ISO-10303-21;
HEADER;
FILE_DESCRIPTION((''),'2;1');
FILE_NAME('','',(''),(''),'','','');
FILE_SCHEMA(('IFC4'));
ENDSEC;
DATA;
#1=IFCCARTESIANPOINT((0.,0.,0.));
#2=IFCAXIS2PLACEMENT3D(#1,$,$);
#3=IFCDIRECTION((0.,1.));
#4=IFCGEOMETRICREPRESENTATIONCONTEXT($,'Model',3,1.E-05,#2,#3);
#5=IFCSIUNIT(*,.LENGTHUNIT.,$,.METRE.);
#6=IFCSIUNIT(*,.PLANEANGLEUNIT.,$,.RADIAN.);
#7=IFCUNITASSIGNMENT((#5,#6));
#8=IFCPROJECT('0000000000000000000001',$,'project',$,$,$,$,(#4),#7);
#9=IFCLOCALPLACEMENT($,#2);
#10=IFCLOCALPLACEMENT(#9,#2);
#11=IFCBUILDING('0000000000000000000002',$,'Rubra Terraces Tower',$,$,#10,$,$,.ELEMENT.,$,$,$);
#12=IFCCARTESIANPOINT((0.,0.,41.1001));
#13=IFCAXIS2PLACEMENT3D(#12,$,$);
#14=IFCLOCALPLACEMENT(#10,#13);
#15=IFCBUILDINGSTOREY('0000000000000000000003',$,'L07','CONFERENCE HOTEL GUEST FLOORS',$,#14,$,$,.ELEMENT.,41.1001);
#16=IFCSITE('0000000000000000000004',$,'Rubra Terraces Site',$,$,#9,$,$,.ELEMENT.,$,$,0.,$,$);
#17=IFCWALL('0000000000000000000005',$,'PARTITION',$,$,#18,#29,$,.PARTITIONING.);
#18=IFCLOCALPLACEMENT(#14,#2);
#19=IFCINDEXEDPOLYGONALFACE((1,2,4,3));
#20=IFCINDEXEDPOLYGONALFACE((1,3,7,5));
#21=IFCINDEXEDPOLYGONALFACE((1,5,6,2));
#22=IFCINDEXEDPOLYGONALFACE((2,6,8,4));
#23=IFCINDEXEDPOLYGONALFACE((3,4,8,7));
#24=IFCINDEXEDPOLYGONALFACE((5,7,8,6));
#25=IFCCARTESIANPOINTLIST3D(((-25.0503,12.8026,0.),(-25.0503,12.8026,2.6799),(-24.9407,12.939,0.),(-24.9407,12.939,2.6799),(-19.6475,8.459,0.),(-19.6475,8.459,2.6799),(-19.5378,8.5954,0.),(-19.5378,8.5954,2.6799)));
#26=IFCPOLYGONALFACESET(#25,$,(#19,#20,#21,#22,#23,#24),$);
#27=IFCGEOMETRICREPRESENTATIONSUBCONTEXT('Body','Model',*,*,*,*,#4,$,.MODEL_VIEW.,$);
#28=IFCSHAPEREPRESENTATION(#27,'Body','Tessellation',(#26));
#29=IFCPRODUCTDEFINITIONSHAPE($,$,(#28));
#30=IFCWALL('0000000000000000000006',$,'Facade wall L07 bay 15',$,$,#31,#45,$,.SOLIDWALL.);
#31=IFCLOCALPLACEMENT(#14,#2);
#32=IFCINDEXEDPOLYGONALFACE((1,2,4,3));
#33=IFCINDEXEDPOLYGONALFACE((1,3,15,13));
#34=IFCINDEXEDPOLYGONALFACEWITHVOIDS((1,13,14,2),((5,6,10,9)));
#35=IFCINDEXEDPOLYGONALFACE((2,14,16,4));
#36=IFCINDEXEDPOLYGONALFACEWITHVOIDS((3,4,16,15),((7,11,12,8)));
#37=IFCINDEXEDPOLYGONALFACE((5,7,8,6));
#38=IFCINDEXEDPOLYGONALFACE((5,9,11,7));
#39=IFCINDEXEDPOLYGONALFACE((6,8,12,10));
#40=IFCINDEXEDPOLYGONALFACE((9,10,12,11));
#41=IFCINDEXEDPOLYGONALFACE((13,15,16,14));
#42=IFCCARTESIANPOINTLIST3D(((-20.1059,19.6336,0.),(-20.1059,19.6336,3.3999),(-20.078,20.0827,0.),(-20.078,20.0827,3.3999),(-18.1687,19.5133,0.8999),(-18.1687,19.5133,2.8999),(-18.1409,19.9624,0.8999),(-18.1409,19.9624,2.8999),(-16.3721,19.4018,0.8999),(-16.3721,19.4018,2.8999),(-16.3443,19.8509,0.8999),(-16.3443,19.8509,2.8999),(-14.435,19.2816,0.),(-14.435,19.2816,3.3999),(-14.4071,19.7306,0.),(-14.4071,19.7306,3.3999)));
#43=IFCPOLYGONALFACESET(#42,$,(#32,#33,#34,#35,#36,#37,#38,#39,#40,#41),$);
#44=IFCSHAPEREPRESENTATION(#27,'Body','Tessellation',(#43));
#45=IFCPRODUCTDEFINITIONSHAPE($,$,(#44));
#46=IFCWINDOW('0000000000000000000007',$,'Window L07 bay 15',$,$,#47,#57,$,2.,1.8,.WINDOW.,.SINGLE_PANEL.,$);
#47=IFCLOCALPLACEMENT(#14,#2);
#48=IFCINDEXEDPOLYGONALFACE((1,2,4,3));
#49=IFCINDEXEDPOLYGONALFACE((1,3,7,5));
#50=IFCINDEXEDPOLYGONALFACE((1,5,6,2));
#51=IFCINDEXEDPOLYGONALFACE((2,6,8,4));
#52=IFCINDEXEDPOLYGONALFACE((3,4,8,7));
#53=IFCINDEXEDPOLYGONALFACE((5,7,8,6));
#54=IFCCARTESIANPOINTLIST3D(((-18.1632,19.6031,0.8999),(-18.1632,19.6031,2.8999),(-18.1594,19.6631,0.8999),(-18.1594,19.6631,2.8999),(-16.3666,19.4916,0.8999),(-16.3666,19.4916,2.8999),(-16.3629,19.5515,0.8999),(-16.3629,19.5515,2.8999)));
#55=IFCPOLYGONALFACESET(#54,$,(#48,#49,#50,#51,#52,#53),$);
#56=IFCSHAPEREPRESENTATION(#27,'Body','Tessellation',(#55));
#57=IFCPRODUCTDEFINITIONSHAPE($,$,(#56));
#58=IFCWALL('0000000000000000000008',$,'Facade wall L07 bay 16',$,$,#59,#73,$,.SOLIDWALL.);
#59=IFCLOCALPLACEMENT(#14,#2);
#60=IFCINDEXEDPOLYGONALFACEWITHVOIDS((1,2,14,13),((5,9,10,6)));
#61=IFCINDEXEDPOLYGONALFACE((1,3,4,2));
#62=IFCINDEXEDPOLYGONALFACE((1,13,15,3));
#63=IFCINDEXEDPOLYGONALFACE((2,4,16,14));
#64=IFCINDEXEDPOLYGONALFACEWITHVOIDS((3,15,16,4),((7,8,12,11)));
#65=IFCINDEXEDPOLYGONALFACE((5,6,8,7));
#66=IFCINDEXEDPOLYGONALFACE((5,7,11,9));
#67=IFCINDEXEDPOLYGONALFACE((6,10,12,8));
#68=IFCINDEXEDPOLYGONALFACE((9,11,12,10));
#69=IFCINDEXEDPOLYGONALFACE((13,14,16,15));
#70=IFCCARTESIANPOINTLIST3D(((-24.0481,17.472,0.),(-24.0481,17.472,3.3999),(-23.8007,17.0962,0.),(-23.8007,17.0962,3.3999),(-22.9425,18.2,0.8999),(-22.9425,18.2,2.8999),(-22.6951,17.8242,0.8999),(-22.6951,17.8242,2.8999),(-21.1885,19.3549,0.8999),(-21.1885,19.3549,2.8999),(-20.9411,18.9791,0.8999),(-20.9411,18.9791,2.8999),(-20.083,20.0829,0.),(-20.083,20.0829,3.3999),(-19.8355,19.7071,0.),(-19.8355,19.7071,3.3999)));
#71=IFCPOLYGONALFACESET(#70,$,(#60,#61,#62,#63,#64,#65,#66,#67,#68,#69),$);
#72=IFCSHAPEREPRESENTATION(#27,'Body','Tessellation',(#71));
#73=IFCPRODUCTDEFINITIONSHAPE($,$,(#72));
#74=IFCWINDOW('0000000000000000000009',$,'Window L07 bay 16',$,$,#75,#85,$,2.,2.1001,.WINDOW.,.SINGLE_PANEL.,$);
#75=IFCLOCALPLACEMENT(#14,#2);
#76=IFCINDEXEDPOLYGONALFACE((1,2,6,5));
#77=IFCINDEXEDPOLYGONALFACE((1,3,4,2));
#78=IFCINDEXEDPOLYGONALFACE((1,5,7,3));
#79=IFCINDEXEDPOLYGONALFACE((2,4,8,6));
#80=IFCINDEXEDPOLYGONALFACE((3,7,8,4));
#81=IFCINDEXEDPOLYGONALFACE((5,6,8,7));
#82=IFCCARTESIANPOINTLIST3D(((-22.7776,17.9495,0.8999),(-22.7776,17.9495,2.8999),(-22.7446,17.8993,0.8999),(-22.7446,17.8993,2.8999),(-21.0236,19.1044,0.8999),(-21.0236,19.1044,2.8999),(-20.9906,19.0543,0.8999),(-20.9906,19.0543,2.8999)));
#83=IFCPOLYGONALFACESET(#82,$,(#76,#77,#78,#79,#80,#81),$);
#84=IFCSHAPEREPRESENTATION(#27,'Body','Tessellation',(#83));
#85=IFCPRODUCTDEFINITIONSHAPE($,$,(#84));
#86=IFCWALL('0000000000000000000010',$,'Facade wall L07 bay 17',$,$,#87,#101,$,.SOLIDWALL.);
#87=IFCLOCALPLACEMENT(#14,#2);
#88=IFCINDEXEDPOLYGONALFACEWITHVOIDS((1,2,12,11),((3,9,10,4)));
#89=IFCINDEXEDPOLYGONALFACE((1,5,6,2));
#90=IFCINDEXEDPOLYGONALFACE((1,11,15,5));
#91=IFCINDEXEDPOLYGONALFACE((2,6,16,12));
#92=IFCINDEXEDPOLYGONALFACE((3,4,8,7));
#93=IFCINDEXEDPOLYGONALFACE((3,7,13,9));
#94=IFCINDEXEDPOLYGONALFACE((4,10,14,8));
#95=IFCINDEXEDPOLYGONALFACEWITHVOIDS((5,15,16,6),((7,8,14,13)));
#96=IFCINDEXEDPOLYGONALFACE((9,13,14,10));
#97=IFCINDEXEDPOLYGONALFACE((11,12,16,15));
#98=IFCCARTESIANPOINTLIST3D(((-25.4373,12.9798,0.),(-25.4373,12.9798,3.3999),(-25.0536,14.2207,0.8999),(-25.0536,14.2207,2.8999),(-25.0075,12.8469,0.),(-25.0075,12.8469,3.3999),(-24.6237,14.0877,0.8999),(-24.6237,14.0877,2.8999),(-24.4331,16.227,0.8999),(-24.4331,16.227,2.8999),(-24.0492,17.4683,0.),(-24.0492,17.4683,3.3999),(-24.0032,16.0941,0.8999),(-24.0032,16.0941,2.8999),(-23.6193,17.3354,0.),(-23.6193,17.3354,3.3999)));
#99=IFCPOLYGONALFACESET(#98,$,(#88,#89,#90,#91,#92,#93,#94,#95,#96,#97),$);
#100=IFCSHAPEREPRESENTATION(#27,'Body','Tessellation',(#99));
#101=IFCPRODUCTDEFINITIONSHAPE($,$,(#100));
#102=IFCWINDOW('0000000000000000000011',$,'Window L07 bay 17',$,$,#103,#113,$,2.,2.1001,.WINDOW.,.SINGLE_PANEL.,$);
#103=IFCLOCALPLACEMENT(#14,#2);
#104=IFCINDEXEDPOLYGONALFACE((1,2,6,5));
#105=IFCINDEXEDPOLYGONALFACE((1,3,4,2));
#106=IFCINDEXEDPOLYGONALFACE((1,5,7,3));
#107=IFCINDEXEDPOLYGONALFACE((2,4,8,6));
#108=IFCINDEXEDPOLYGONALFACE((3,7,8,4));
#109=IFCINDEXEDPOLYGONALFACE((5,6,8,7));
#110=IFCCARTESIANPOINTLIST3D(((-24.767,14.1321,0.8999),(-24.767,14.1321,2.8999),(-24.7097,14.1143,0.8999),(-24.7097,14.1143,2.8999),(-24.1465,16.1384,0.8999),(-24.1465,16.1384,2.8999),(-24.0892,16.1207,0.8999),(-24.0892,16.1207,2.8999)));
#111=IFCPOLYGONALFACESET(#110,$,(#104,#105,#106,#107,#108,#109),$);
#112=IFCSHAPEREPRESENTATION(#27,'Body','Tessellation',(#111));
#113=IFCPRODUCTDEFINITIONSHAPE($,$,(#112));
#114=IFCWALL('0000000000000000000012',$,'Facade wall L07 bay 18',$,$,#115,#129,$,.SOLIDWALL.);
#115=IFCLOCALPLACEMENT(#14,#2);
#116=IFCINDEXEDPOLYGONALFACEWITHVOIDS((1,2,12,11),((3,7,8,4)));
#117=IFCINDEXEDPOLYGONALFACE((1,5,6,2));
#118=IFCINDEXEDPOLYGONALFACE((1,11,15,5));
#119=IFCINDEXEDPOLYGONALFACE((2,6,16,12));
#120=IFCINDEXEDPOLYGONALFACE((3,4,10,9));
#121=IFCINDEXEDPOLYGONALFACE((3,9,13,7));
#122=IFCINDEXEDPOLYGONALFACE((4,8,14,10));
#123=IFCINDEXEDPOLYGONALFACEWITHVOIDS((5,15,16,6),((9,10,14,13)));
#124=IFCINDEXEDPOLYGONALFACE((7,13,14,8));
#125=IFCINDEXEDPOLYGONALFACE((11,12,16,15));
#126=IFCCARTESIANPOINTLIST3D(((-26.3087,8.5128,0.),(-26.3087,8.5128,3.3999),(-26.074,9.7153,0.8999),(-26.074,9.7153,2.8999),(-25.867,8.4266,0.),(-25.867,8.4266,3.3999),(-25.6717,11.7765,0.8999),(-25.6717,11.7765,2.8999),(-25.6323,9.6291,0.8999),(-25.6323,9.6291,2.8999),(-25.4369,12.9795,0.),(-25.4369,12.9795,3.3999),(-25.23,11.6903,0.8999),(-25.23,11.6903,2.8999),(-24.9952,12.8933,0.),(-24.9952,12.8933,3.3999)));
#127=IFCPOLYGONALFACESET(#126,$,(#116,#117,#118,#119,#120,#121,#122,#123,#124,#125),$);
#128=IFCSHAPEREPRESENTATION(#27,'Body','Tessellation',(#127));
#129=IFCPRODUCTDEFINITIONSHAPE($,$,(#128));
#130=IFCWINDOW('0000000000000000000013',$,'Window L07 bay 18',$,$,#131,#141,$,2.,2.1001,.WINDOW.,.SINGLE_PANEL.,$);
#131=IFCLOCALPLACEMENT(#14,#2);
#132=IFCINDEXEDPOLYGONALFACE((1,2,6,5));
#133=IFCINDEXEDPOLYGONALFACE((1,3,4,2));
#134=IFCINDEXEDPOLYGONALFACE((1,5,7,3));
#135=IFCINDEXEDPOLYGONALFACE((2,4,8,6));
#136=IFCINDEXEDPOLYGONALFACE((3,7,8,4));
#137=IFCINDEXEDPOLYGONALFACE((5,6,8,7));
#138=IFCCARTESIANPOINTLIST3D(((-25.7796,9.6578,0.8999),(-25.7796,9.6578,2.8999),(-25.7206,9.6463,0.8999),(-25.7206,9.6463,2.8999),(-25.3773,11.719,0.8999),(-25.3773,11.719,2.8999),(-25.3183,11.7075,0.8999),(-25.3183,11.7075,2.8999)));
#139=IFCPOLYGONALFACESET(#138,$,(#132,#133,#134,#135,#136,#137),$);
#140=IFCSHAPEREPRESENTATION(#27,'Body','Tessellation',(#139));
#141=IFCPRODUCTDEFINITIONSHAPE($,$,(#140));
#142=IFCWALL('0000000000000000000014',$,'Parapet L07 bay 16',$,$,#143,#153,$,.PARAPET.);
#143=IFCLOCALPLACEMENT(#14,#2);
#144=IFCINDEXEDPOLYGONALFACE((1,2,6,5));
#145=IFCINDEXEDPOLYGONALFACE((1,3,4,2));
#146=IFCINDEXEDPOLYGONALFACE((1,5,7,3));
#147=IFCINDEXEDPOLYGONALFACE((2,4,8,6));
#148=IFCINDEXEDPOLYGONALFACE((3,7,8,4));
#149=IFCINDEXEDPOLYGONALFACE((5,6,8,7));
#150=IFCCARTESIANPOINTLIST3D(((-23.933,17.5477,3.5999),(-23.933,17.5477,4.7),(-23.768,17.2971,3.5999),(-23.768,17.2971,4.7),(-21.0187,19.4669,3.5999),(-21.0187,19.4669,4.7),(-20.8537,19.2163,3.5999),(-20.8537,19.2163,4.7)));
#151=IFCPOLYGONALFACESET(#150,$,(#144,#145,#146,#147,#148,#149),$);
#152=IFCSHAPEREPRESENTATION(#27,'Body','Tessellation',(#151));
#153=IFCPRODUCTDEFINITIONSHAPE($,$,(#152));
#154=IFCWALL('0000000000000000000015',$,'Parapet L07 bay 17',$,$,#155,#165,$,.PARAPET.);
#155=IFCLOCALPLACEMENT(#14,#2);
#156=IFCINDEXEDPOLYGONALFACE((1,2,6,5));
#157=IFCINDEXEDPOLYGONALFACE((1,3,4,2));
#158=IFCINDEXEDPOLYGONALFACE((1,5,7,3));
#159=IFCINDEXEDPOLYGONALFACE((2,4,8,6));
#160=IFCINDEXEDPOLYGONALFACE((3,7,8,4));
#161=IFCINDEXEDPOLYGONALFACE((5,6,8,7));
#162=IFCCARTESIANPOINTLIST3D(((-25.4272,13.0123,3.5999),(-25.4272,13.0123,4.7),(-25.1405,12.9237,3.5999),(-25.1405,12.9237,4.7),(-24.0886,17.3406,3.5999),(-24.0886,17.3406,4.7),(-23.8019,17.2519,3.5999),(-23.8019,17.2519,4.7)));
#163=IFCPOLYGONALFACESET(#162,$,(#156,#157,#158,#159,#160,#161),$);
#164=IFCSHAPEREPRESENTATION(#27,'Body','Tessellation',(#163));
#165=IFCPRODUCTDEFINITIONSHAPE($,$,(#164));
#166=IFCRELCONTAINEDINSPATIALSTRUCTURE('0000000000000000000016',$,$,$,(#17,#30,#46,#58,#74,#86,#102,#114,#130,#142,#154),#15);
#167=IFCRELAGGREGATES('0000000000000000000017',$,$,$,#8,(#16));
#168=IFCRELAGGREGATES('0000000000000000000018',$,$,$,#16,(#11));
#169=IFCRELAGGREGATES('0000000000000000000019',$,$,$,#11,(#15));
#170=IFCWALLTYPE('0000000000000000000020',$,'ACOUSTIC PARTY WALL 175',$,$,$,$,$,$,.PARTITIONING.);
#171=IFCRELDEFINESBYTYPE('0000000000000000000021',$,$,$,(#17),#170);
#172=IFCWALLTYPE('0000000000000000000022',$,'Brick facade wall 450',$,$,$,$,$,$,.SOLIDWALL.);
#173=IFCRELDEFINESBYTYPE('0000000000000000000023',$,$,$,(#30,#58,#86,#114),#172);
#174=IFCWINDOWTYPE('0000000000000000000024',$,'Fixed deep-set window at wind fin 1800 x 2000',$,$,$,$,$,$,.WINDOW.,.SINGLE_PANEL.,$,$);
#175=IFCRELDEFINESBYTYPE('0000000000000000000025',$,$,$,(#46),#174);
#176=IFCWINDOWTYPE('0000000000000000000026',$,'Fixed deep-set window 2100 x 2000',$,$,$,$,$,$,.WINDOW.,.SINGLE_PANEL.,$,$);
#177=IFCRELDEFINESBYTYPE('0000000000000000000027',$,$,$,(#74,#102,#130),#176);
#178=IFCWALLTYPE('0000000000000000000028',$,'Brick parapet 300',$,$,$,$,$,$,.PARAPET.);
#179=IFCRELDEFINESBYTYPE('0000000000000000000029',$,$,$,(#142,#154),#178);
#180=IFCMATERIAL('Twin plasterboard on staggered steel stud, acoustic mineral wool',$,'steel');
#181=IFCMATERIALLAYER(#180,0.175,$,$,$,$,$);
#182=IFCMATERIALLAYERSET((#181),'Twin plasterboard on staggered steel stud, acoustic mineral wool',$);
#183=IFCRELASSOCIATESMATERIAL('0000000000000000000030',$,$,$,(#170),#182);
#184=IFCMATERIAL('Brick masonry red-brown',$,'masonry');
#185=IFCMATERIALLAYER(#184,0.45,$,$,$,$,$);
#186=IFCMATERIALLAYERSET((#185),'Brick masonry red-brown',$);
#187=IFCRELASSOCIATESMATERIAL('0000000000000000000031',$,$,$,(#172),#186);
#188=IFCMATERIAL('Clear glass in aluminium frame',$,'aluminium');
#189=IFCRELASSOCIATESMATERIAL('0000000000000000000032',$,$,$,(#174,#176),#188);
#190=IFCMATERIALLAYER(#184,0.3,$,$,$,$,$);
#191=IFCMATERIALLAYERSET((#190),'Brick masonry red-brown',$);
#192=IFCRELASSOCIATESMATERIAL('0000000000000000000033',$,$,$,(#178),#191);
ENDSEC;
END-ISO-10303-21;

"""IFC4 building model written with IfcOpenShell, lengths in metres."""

from ifc_helpers import new_model, si_unit, direction, frame, frame_2d, origin, place, context, subcontext, project, spatial, rectangle, extrude, material, layer, layer_set, type_object, element, fill, save


model = new_model("IFC4")

# Units and contexts
model_context = context("Model", 3, precision=1e-05, world=origin(), true_north=direction((0.0, 1.0)))
body_context = subcontext(model_context, "Body", "Model", "MODEL_VIEW")
ifc_project = project(units=[si_unit("LENGTHUNIT", "METRE"), si_unit("PLANEANGLEUNIT", "RADIAN")], contexts=[model_context])

# Site, building, storey
site_placement = place(None, origin())
site = spatial("IfcSite", under=ifc_project, at=site_placement, Name="Rubra Terraces Site", CompositionType="ELEMENT", RefElevation=0.0)
building_placement = place(site_placement, origin())
building = spatial("IfcBuilding", under=site, at=building_placement, Name="Rubra Terraces Tower", CompositionType="ELEMENT")
storey_placement = place(building_placement, frame((0.0, 0.0, 41.1001)))
storey = spatial("IfcBuildingStorey", under=building, at=storey_placement, Name="L07", Description="CONFERENCE HOTEL GUEST FLOORS", CompositionType="ELEMENT", Elevation=41.1001)

# Wall
ifc_material_1 = material(Name="Twin plasterboard on staggered steel stud, acoustic mineral wool", Category="steel")
ifc_layer_1 = layer(ifc_material_1, 0.175)
ifc_layer_set_1 = layer_set([ifc_layer_1], Name="Twin plasterboard on staggered steel stud, acoustic mineral wool")
wall_type_1 = type_object("IfcWallType", Name="ACOUSTIC PARTY WALL 175", PredefinedType="PARTITIONING", material=ifc_layer_set_1)
wall_1_placement = place(storey_placement, frame((-24.9956, 12.8708, 0.0), z_axis=(0.0, 0.0, 1.0), x_axis=(0.779372, -0.626562, 0.0)))
element("IfcWall", 1, at=wall_1_placement, inside=storey, type_object=wall_type_1, Name="PARTITION", PredefinedType="PARTITIONING", context=body_context, shape_type="SweptSolid", body=[
    extrude(rectangle(XDim=6.9324, YDim=0.175, at=frame_2d((3.4663, 0.0))), origin(), (0.0, 0.0, 1.0), 2.6799),
])

# Walls, openings, windows
ifc_material_2 = material(Name="Brick masonry red-brown", Category="masonry")
ifc_layer_2 = layer(ifc_material_2, 0.45)
ifc_layer_set_2 = layer_set([ifc_layer_2], Name="Brick masonry red-brown")
wall_type_2 = type_object("IfcWallType", Name="Brick facade wall 450", PredefinedType="SOLIDWALL", material=ifc_layer_set_2)
wall_2_placement = place(storey_placement, frame((-14.4211, 19.5061, 0.0), z_axis=(0.0, 0.0, 1.0), x_axis=(-0.998079, 0.061961, 0.0)))
wall_2 = element("IfcWall", 2, at=wall_2_placement, inside=storey, type_object=wall_type_2, Name="Facade wall L07 bay 15", PredefinedType="SOLIDWALL", context=body_context, shape_type="SweptSolid", body=[
    extrude(rectangle(XDim=5.6819, YDim=0.45, at=frame_2d((2.8408, 0.0))), origin(), (0.0, 0.0, 1.0), 3.3999),
])
opening_1_placement = place(wall_2_placement, frame((1.9409, 0.0, 0.8999)))
opening_1 = element("IfcOpeningElement", 3, at=opening_1_placement, cuts=wall_2, PredefinedType="OPENING", context=body_context, shape_type="SweptSolid", body=[
    extrude(rectangle(XDim=1.8, YDim=2.0, at=frame_2d((0.8999, 1.0))), frame((0.0, 0.2349, 0.0), z_axis=(0.0, -1.0, 0.0), x_axis=(1.0, 0.0, 0.0)), (0.0, 0.0, 1.0), 0.47),
])
ifc_material_3 = material(Name="Clear glass in aluminium frame", Category="aluminium")
window_type_1 = type_object("IfcWindowType", Name="Fixed deep-set window at wind fin 1800 x 2000", PartitioningType="SINGLE_PANEL", PredefinedType="WINDOW", material=ifc_material_3)
window_1_placement = place(opening_1_placement, origin())
window_1 = element("IfcWindow", 4, at=window_1_placement, inside=storey, type_object=window_type_1, Name="Window L07 bay 15", OverallHeight=2.0, OverallWidth=1.8, PartitioningType="SINGLE_PANEL", PredefinedType="WINDOW", context=body_context, shape_type="SweptSolid", body=[
    extrude(rectangle(XDim=1.8, YDim=2.0, at=frame_2d((0.8999, 1.0))), frame((0.0, 0.135, 0.0), z_axis=(0.0, -1.0, 0.0), x_axis=(1.0, 0.0, 0.0)), (0.0, 0.0, 1.0), 0.0601),
])
fill(opening_1, window_1)
wall_3_placement = place(storey_placement, frame((-19.9592, 19.895, 0.0), z_axis=(0.0, 0.0, 1.0), x_axis=(-0.835201, -0.549944, 0.0)))
wall_3 = element("IfcWall", 5, at=wall_3_placement, inside=storey, type_object=wall_type_2, Name="Facade wall L07 bay 16", PredefinedType="SOLIDWALL", context=body_context, shape_type="SweptSolid", body=[
    extrude(rectangle(XDim=4.7476, YDim=0.45, at=frame_2d((2.3738, 0.0))), origin(), (0.0, 0.0, 1.0), 3.3999),
])
opening_2_placement = place(wall_3_placement, frame((1.3237, 0.0, 0.8999)))
opening_2 = element("IfcOpeningElement", 6, at=opening_2_placement, cuts=wall_3, PredefinedType="OPENING", context=body_context, shape_type="SweptSolid", body=[
    extrude(rectangle(XDim=2.1001, YDim=2.0, at=frame_2d((1.05, 1.0))), frame((0.0, 0.2349, 0.0), z_axis=(0.0, -1.0, 0.0), x_axis=(1.0, 0.0, 0.0)), (0.0, 0.0, 1.0), 0.47),
])
window_type_2 = type_object("IfcWindowType", Name="Fixed deep-set window 2100 x 2000", PartitioningType="SINGLE_PANEL", PredefinedType="WINDOW", material=ifc_material_3)
window_2_placement = place(opening_2_placement, origin())
window_2 = element("IfcWindow", 7, at=window_2_placement, inside=storey, type_object=window_type_2, Name="Window L07 bay 16", OverallHeight=2.0, OverallWidth=2.1001, PartitioningType="SINGLE_PANEL", PredefinedType="WINDOW", context=body_context, shape_type="SweptSolid", body=[
    extrude(rectangle(XDim=2.1001, YDim=2.0, at=frame_2d((1.05, 1.0))), frame((0.0, 0.135, 0.0), z_axis=(0.0, -1.0, 0.0), x_axis=(1.0, 0.0, 0.0)), (0.0, 0.0, 1.0), 0.0601),
])
fill(opening_2, window_2)
wall_4_placement = place(storey_placement, frame((-23.8342, 17.4019, 0.0), z_axis=(0.0, 0.0, 1.0), x_axis=(-0.295466, -0.955353, 0.0)))
wall_4 = element("IfcWall", 8, at=wall_4_placement, inside=storey, type_object=wall_type_2, Name="Facade wall L07 bay 17", PredefinedType="SOLIDWALL", context=body_context, shape_type="SweptSolid", body=[
    extrude(rectangle(XDim=4.6982, YDim=0.45, at=frame_2d((2.3491, 0.0))), origin(), (0.0, 0.0, 1.0), 3.3999),
])
opening_3_placement = place(wall_4_placement, frame((1.2993, 0.0, 0.8999)))
opening_3 = element("IfcOpeningElement", 9, at=opening_3_placement, cuts=wall_4, PredefinedType="OPENING", context=body_context, shape_type="SweptSolid", body=[
    extrude(rectangle(XDim=2.1001, YDim=2.0, at=frame_2d((1.05, 1.0))), frame((0.0, 0.2349, 0.0), z_axis=(0.0, -1.0, 0.0), x_axis=(1.0, 0.0, 0.0)), (0.0, 0.0, 1.0), 0.47),
])
window_3_placement = place(opening_3_placement, origin())
window_3 = element("IfcWindow", 10, at=window_3_placement, inside=storey, type_object=window_type_2, Name="Window L07 bay 17", OverallHeight=2.0, OverallWidth=2.1001, PartitioningType="SINGLE_PANEL", PredefinedType="WINDOW", context=body_context, shape_type="SweptSolid", body=[
    extrude(rectangle(XDim=2.1001, YDim=2.0, at=frame_2d((1.05, 1.0))), frame((0.0, 0.135, 0.0), z_axis=(0.0, -1.0, 0.0), x_axis=(1.0, 0.0, 0.0)), (0.0, 0.0, 1.0), 0.0601),
])
fill(opening_3, window_3)
wall_5_placement = place(storey_placement, frame((-25.2161, 12.9363, 0.0), z_axis=(0.0, 0.0, 1.0), x_axis=(-0.191565, -0.98148, 0.0)))
wall_5 = element("IfcWall", 11, at=wall_5_placement, inside=storey, type_object=wall_type_2, Name="Facade wall L07 bay 18", PredefinedType="SOLIDWALL", context=body_context, shape_type="SweptSolid", body=[
    extrude(rectangle(XDim=4.551, YDim=0.45, at=frame_2d((2.2754, 0.0))), origin(), (0.0, 0.0, 1.0), 3.3999),
])
opening_4_placement = place(wall_5_placement, frame((1.2256, 0.0, 0.8999)))
opening_4 = element("IfcOpeningElement", 12, at=opening_4_placement, cuts=wall_5, PredefinedType="OPENING", context=body_context, shape_type="SweptSolid", body=[
    extrude(rectangle(XDim=2.1001, YDim=2.0, at=frame_2d((1.05, 1.0))), frame((0.0, 0.2349, 0.0), z_axis=(0.0, -1.0, 0.0), x_axis=(1.0, 0.0, 0.0)), (0.0, 0.0, 1.0), 0.47),
])
window_4_placement = place(opening_4_placement, origin())
window_4 = element("IfcWindow", 13, at=window_4_placement, inside=storey, type_object=window_type_2, Name="Window L07 bay 18", OverallHeight=2.0, OverallWidth=2.1001, PartitioningType="SINGLE_PANEL", PredefinedType="WINDOW", context=body_context, shape_type="SweptSolid", body=[
    extrude(rectangle(XDim=2.1001, YDim=2.0, at=frame_2d((1.05, 1.0))), frame((0.0, 0.135, 0.0), z_axis=(0.0, -1.0, 0.0), x_axis=(1.0, 0.0, 0.0)), (0.0, 0.0, 1.0), 0.0601),
])
fill(opening_4, window_4)

# Walls
ifc_layer_3 = layer(ifc_material_2, 0.3)
ifc_layer_set_3 = layer_set([ifc_layer_3], Name="Brick masonry red-brown")
wall_type_3 = type_object("IfcWallType", Name="Brick parapet 300", PredefinedType="PARAPET", material=ifc_layer_set_3)
wall_6_placement = place(storey_placement, frame((-20.9363, 19.3416, 3.5999), z_axis=(0.0, 0.0, 1.0), x_axis=(-0.835169, -0.549993, 0.0)))
element("IfcWall", 14, at=wall_6_placement, inside=storey, type_object=wall_type_3, Name="Parapet L07 bay 16", PredefinedType="PARAPET", context=body_context, shape_type="SweptSolid", body=[
    extrude(rectangle(XDim=3.4895, YDim=0.3, at=frame_2d((1.7446, 0.0))), origin(), (0.0, 0.0, 1.0), 1.1001),
])
wall_7_placement = place(storey_placement, frame((-23.9453, 17.2961, 3.5999), z_axis=(0.0, 0.0, 1.0), x_axis=(-0.29546, -0.955355, 0.0)))
element("IfcWall", 15, at=wall_7_placement, inside=storey, type_object=wall_type_3, Name="Parapet L07 bay 17", PredefinedType="PARAPET", context=body_context, shape_type="SweptSolid", body=[
    extrude(rectangle(XDim=4.5305, YDim=0.3, at=frame_2d((2.2651, 0.0))), origin(), (0.0, 0.0, 1.0), 1.1001),
])

save(model, "model.ifc")
